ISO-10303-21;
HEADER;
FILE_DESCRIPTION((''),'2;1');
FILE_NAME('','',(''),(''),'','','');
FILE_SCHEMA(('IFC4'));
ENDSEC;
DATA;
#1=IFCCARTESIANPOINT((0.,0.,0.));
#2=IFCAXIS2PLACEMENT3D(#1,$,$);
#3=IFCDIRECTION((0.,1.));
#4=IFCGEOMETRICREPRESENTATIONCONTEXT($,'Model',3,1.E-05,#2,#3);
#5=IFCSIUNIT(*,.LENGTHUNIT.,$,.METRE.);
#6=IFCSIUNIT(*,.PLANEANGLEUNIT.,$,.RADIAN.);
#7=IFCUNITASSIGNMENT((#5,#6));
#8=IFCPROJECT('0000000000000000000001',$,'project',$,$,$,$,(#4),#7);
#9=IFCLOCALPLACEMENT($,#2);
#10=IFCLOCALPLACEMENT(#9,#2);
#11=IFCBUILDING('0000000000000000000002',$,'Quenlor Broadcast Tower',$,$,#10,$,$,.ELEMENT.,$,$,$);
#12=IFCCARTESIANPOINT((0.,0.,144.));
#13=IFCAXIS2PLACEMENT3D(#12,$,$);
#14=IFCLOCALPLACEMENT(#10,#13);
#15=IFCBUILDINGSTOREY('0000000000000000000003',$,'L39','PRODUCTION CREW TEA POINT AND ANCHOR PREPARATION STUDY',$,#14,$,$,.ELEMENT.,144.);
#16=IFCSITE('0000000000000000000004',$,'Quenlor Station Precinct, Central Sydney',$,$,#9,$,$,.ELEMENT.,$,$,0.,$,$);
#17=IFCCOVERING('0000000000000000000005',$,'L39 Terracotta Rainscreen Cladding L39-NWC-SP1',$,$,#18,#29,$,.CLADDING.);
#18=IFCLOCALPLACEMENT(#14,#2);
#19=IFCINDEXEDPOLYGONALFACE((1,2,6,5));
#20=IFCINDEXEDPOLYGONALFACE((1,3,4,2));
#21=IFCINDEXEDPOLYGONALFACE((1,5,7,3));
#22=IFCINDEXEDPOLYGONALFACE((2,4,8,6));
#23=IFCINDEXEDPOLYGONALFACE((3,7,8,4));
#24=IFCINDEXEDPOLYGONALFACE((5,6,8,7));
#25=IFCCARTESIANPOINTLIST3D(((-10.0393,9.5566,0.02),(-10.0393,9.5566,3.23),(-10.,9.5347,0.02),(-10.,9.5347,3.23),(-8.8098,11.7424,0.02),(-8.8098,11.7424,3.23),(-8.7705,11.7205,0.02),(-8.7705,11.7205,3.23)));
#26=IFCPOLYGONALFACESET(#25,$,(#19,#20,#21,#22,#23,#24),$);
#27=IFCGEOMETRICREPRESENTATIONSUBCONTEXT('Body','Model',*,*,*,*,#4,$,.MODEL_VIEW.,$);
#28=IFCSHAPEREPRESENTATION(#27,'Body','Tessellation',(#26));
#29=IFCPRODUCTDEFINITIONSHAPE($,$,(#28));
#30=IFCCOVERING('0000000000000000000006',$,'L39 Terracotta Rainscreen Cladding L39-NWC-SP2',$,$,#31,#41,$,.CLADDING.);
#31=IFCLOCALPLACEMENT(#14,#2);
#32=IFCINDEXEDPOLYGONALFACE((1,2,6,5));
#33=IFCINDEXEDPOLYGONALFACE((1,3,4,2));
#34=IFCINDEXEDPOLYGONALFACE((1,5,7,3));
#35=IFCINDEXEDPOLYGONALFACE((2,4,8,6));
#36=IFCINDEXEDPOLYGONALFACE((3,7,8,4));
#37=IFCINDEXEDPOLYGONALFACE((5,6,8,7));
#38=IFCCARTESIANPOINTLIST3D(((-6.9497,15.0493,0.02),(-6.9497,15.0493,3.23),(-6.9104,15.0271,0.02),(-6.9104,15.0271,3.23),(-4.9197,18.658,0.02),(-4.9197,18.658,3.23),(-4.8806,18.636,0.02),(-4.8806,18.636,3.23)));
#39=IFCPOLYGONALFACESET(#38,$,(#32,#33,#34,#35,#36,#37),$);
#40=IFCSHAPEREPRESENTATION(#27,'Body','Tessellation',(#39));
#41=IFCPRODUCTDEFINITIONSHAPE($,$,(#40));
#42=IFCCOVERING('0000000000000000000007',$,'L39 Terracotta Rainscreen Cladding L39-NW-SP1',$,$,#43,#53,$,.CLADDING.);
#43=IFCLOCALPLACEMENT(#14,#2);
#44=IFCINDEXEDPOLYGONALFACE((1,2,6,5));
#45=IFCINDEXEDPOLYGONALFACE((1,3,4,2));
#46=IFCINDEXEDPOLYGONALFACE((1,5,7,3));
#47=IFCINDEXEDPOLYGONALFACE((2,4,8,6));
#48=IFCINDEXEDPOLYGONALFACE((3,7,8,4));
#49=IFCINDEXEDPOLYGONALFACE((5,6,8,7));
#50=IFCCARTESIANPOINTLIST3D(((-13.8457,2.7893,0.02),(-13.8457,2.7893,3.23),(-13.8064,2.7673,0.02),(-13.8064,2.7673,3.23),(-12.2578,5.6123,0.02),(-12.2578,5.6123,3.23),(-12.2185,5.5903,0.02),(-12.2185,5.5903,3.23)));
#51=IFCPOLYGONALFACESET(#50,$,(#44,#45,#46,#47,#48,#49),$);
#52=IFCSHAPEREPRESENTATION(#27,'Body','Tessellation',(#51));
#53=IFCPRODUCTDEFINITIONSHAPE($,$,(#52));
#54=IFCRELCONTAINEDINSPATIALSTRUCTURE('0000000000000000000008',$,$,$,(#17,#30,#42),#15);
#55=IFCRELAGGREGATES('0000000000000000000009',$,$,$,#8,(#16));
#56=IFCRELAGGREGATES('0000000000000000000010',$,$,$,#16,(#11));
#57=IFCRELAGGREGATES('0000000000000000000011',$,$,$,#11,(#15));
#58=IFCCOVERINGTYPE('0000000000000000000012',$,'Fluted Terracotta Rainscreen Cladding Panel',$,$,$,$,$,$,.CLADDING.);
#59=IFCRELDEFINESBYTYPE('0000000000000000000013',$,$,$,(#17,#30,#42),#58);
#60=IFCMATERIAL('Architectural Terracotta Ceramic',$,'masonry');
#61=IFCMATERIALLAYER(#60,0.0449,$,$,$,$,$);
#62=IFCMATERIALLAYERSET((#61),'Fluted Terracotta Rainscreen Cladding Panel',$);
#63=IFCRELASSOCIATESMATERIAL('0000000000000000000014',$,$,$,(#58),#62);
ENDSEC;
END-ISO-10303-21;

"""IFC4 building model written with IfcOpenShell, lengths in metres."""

from ifc_helpers import new_model, si_unit, direction, frame, origin, place, context, subcontext, project, spatial, polyline, outline, extrude, material, layer, layer_set, type_object, element, save


model = new_model("IFC4")

# Units and contexts
model_context = context("Model", 3, precision=1e-05, world=origin(), true_north=direction((0.0, 1.0)))
body_context = subcontext(model_context, "Body", "Model", "MODEL_VIEW")
ifc_project = project(units=[si_unit("LENGTHUNIT", "METRE"), si_unit("PLANEANGLEUNIT", "RADIAN")], contexts=[model_context])

# Site, building, storey
site_placement = place(None, origin())
site = spatial("IfcSite", under=ifc_project, at=site_placement, Name="Quenlor Station Precinct, Central Sydney", CompositionType="ELEMENT", RefElevation=0.0)
building_placement = place(site_placement, origin())
building = spatial("IfcBuilding", under=site, at=building_placement, Name="Quenlor Broadcast Tower", CompositionType="ELEMENT")
storey_placement = place(building_placement, frame((0.0, 0.0, 144.0)))
storey = spatial("IfcBuildingStorey", under=building, at=storey_placement, Name="L39", Description="PRODUCTION CREW TEA POINT AND ANCHOR PREPARATION STUDY", CompositionType="ELEMENT", Elevation=144.0)

# Coverings
ifc_material = material(Name="Architectural Terracotta Ceramic", Category="masonry")
ifc_layer = layer(ifc_material, 0.0449)
ifc_layer_set = layer_set([ifc_layer], Name="Fluted Terracotta Rainscreen Cladding Panel")
covering_type = type_object("IfcCoveringType", Name="Fluted Terracotta Rainscreen Cladding Panel", PredefinedType="CLADDING", material=ifc_layer_set)
covering_1_placement = place(storey_placement, frame((0.0, 0.0, 0.02)))
element("IfcCovering", 1, at=covering_1_placement, inside=storey, type_object=covering_type, Name="L39 Terracotta Rainscreen Cladding L39-NWC-SP1", PredefinedType="CLADDING", context=body_context, shape_type="SweptSolid", body=[
    extrude(outline(polyline([(-10.0, 9.5347), (-8.7705, 11.7205), (-8.8098, 11.7424), (-10.0393, 9.5566), (-10.0, 9.5347)])), origin(), (0.0, 0.0, 1.0), 3.21),
])
covering_2_placement = place(storey_placement, frame((0.0, 0.0, 0.02)))
element("IfcCovering", 2, at=covering_2_placement, inside=storey, type_object=covering_type, Name="L39 Terracotta Rainscreen Cladding L39-NWC-SP2", PredefinedType="CLADDING", context=body_context, shape_type="SweptSolid", body=[
    extrude(outline(polyline([(-6.9104, 15.0271), (-4.8806, 18.636), (-4.9197, 18.658), (-6.9497, 15.0493), (-6.9104, 15.0271)])), origin(), (0.0, 0.0, 1.0), 3.21),
])
covering_3_placement = place(storey_placement, frame((0.0, 0.0, 0.02)))
element("IfcCovering", 3, at=covering_3_placement, inside=storey, type_object=covering_type, Name="L39 Terracotta Rainscreen Cladding L39-NW-SP1", PredefinedType="CLADDING", context=body_context, shape_type="SweptSolid", body=[
    extrude(outline(polyline([(-13.8064, 2.7673), (-12.2185, 5.5903), (-12.2578, 5.6123), (-13.8457, 2.7893), (-13.8064, 2.7673)])), origin(), (0.0, 0.0, 1.0), 3.21),
])

save(model, "model.ifc")
